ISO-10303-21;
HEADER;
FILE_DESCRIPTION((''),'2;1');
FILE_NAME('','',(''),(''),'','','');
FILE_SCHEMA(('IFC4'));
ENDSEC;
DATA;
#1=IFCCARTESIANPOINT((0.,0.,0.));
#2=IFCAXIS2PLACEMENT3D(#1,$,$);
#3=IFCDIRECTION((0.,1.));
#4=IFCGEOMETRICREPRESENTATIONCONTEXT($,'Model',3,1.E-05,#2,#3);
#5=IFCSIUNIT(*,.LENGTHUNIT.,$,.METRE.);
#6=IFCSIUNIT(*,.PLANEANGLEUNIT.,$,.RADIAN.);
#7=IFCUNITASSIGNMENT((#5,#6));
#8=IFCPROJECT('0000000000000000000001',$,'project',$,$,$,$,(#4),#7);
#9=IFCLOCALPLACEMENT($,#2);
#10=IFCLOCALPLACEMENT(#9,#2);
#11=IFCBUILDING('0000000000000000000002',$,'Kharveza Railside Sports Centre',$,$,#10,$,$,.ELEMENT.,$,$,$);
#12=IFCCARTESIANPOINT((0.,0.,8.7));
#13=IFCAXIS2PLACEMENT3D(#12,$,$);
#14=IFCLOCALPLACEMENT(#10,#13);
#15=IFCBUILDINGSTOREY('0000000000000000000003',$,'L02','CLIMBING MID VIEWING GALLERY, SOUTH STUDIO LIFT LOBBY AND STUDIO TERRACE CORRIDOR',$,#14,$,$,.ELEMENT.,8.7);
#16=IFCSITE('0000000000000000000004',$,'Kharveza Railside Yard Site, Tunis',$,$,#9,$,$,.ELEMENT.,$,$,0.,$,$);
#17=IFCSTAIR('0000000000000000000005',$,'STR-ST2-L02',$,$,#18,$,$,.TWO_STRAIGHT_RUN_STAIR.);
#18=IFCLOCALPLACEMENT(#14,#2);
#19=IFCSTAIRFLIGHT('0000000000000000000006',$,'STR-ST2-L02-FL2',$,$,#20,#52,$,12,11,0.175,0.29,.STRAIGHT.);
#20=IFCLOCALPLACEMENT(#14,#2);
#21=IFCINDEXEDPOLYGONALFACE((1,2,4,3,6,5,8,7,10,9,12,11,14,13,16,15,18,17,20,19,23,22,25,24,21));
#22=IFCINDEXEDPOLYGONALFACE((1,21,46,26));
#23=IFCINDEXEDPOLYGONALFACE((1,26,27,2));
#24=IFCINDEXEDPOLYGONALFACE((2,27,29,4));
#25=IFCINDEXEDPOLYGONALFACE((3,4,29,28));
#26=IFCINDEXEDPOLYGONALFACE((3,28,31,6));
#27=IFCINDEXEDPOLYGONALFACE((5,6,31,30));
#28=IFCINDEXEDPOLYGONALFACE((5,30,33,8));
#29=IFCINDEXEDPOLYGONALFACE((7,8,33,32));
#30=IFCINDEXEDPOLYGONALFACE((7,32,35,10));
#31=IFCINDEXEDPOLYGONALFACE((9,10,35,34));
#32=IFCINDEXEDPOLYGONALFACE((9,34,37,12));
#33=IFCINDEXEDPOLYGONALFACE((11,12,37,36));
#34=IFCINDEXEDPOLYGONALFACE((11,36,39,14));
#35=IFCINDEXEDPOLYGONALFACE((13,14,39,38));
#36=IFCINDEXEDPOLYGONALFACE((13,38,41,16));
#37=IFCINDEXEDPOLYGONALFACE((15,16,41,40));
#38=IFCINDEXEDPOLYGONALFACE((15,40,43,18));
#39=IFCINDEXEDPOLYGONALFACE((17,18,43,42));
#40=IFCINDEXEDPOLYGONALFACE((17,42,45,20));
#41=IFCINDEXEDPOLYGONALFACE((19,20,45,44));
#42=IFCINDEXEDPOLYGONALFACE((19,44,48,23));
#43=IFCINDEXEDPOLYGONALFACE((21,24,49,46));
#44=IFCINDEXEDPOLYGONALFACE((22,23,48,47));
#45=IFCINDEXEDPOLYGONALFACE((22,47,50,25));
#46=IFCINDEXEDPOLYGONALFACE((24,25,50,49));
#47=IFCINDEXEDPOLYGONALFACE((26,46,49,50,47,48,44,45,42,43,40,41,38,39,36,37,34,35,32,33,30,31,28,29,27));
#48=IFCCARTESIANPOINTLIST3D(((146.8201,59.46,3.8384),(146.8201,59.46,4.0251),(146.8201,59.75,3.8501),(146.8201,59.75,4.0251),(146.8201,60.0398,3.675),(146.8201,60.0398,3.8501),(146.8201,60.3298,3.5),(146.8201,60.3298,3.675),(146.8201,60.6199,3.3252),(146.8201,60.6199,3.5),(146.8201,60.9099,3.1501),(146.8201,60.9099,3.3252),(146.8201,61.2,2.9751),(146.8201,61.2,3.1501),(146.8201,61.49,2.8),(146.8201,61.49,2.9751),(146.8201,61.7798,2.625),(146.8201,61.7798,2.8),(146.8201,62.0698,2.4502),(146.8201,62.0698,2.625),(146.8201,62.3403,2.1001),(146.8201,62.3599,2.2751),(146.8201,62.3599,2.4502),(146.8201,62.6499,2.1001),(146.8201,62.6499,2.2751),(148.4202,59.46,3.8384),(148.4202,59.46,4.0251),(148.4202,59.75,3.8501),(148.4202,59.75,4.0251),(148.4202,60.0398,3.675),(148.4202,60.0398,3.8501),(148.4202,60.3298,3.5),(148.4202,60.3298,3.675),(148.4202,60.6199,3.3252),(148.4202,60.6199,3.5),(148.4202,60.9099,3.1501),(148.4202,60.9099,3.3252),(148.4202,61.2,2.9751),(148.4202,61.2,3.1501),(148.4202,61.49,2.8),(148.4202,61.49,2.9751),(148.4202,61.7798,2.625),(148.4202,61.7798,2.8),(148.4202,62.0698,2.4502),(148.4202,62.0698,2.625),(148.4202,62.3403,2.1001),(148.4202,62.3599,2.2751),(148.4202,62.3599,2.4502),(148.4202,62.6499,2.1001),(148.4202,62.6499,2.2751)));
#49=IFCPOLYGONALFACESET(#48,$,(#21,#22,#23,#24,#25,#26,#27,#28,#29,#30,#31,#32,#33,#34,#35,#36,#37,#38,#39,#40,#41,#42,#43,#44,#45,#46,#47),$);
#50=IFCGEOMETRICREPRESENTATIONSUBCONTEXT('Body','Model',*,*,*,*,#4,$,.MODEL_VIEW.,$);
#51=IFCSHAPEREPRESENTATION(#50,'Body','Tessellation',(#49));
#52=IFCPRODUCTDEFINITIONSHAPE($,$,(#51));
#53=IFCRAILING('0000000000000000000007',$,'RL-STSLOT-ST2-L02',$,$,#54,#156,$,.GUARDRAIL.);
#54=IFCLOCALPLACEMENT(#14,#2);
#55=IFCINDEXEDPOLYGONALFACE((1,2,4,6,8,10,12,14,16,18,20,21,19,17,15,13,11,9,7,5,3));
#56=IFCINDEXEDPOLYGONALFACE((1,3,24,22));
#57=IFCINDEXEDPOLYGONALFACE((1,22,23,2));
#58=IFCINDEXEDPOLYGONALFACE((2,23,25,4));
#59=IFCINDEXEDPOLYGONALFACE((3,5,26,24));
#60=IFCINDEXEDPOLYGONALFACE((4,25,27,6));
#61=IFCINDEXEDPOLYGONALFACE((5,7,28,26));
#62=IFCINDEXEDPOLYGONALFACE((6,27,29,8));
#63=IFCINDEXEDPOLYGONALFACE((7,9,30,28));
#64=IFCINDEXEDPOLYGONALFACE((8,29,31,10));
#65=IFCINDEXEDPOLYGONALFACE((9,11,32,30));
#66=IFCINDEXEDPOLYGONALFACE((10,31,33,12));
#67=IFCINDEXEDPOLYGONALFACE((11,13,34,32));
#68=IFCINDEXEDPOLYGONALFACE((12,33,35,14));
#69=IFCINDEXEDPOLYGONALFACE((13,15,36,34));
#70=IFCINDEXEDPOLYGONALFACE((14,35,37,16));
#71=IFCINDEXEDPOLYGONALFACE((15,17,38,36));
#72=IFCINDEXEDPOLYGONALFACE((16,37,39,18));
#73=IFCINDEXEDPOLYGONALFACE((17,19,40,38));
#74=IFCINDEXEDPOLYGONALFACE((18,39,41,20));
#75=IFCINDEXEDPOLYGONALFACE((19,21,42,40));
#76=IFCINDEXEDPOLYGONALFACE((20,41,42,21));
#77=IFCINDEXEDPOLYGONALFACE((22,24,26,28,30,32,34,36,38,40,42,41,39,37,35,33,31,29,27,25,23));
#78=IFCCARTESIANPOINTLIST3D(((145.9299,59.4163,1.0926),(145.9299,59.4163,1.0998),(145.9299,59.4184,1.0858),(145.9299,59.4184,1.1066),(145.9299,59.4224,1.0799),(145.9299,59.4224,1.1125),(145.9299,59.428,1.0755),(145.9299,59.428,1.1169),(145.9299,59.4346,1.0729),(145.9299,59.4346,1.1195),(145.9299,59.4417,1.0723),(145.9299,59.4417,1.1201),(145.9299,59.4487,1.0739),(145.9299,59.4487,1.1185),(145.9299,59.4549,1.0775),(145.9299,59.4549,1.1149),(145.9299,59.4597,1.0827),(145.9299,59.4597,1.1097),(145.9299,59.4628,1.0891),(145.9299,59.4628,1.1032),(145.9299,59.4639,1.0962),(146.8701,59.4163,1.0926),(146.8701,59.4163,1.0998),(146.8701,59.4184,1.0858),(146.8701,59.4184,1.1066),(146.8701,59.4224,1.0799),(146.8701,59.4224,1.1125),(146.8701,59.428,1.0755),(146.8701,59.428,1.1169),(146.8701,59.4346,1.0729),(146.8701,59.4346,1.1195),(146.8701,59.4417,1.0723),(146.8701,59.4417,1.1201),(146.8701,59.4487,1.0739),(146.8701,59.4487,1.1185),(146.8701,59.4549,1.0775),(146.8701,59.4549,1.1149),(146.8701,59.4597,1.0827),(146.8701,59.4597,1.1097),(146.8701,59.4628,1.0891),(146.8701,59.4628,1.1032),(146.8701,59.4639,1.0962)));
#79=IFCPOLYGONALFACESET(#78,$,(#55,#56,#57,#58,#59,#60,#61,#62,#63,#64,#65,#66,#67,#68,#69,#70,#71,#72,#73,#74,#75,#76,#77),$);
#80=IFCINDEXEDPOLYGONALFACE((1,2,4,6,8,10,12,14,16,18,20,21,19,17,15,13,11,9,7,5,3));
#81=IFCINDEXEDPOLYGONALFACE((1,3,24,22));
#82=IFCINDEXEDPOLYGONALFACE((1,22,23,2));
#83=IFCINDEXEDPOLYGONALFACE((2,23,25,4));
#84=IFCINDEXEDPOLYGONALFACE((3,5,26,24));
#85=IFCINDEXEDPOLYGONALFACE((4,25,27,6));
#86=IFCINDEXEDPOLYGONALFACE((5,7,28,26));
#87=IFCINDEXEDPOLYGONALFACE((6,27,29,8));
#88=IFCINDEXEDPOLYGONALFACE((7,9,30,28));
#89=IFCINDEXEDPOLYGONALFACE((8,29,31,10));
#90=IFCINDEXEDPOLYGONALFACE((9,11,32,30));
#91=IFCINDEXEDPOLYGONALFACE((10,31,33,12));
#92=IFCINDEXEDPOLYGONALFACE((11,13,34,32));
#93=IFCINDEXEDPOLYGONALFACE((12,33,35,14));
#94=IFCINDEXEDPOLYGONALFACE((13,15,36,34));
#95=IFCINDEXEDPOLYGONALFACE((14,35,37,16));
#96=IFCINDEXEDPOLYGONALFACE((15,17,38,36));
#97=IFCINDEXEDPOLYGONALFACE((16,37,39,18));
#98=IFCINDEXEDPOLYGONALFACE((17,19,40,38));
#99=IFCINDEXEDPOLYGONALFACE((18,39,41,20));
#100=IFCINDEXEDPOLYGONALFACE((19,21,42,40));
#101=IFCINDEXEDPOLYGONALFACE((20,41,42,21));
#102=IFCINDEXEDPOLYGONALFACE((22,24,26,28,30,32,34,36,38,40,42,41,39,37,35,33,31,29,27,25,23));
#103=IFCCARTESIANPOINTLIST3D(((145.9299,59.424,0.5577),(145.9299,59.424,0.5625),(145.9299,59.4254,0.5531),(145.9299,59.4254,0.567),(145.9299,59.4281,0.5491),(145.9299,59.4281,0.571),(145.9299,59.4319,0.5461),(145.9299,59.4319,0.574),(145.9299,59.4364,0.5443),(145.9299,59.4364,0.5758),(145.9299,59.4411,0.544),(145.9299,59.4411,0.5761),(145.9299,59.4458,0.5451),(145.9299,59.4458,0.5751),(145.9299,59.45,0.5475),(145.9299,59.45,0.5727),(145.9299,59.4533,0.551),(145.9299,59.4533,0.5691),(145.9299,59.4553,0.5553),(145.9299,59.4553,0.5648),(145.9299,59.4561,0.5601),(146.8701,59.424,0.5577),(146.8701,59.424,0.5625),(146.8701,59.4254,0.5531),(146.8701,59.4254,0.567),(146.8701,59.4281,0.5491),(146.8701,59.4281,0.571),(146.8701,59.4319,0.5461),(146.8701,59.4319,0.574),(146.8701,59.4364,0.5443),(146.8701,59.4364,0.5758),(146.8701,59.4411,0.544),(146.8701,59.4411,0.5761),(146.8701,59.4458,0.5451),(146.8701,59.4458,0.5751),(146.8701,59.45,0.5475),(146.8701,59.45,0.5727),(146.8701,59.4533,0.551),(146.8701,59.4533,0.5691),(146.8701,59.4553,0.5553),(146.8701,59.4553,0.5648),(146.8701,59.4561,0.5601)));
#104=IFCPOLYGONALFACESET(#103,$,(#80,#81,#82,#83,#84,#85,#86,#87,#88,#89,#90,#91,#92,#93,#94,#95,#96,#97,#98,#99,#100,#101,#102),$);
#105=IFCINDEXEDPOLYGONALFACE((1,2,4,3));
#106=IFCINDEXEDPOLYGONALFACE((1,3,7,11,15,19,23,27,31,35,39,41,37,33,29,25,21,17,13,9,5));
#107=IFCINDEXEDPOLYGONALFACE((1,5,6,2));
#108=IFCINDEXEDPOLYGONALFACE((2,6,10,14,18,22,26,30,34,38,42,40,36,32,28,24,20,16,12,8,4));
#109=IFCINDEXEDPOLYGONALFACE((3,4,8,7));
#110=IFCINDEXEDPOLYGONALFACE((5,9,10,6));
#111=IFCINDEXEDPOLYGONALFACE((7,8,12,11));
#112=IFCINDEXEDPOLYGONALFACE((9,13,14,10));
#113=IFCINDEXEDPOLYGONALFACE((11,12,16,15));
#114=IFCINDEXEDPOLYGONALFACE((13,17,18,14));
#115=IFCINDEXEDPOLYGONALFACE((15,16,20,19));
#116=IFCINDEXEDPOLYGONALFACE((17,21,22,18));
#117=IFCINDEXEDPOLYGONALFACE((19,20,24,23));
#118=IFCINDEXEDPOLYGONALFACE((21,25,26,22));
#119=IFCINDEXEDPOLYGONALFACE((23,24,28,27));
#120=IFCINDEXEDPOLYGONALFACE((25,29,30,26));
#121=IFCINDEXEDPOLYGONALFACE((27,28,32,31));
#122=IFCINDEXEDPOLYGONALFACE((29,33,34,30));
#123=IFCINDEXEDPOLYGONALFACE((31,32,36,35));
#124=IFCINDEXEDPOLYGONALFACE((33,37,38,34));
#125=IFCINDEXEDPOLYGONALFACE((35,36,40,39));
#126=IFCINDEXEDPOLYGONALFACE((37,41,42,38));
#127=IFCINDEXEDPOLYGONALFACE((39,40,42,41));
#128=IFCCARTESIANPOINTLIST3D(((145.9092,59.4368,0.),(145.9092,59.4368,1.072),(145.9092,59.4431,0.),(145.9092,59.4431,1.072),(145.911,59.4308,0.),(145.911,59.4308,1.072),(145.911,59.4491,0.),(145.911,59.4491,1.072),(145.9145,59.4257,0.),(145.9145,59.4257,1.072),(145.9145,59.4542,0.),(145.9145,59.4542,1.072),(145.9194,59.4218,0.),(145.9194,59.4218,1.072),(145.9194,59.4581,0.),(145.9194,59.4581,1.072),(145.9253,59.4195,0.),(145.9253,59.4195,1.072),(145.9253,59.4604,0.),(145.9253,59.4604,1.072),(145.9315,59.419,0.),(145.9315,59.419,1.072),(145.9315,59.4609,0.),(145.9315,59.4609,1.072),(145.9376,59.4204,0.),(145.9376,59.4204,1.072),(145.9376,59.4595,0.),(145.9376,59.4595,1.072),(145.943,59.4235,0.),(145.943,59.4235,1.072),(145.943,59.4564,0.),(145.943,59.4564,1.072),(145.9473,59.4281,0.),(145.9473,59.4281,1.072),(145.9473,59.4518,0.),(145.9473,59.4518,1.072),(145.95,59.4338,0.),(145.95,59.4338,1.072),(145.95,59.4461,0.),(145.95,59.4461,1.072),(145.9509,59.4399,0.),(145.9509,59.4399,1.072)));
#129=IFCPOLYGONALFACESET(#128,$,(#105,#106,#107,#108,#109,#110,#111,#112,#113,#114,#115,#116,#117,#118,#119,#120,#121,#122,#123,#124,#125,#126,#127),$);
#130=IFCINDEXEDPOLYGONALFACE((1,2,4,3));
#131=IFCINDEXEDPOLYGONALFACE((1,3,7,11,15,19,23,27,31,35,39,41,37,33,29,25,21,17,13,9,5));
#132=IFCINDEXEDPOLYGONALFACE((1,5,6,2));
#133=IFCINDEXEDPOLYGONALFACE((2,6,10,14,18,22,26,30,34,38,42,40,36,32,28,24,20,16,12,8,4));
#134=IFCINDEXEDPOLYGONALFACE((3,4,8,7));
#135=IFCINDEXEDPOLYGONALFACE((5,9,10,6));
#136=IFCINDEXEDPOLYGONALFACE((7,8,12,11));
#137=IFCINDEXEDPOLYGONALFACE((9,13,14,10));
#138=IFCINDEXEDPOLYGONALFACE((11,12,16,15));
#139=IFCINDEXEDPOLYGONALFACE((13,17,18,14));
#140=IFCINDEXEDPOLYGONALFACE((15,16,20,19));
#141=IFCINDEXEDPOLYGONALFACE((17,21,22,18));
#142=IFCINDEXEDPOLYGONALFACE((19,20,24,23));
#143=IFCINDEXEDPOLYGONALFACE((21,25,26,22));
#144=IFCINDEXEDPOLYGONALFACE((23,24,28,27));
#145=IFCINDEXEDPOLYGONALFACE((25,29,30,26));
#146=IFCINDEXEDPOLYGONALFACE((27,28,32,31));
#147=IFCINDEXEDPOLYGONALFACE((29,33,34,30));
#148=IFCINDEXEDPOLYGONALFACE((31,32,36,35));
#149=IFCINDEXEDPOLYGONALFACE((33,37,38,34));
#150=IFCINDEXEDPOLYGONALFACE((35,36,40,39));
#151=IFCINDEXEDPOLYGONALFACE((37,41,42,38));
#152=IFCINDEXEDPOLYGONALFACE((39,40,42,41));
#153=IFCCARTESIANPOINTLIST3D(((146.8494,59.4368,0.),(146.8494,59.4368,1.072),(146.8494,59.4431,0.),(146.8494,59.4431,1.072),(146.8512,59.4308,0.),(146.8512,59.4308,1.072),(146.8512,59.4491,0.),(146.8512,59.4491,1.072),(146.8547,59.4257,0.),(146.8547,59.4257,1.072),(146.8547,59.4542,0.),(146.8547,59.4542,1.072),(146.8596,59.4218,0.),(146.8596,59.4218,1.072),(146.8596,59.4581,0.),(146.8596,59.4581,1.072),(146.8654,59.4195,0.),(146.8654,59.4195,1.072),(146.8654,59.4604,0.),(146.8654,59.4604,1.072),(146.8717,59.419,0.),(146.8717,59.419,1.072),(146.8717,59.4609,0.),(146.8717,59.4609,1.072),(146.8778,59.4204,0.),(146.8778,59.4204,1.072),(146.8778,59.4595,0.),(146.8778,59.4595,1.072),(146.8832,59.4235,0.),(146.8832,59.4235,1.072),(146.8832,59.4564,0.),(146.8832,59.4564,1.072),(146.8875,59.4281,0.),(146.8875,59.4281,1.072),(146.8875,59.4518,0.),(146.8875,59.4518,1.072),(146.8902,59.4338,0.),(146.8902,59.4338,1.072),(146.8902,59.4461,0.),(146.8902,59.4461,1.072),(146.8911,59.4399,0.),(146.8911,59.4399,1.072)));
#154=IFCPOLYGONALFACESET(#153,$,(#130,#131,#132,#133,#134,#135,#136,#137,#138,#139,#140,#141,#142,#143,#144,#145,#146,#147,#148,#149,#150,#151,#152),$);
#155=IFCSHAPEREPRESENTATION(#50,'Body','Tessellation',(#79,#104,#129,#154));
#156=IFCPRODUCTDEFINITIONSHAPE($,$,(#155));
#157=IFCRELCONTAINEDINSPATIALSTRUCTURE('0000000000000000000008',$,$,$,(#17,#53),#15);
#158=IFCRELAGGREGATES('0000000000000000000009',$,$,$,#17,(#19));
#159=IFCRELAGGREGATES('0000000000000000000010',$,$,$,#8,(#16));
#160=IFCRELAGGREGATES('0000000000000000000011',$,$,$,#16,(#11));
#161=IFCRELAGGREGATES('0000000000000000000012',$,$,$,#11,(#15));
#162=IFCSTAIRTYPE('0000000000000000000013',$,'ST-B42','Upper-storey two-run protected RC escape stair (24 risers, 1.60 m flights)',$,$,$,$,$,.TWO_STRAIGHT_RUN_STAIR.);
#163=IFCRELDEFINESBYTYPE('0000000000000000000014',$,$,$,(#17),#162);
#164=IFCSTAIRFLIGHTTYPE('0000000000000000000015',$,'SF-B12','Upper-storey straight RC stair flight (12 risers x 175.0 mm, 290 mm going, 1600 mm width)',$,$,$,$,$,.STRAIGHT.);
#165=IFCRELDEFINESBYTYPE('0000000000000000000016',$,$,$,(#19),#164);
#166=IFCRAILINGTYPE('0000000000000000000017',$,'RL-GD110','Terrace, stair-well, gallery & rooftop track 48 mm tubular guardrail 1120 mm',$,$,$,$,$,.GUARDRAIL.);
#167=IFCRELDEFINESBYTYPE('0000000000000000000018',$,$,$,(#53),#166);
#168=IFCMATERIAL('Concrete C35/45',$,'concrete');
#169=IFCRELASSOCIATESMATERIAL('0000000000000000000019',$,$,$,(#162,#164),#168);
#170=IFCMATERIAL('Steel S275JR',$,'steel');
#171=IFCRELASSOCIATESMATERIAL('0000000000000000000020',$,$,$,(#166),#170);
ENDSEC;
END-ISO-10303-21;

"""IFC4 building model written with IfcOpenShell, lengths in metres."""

from ifc_helpers import new_model, si_unit, direction, frame, origin, origin_2d, place, context, subcontext, project, spatial, polyline, circle, outline, extrude, material, type_object, element, aggregate, save


model = new_model("IFC4")

# Units and contexts
model_context = context("Model", 3, precision=1e-05, world=origin(), true_north=direction((0.0, 1.0)))
body_context = subcontext(model_context, "Body", "Model", "MODEL_VIEW")
ifc_project = project(units=[si_unit("LENGTHUNIT", "METRE"), si_unit("PLANEANGLEUNIT", "RADIAN")], contexts=[model_context])

# Site, building, storey
site_placement = place(None, origin())
site = spatial("IfcSite", under=ifc_project, at=site_placement, Name="Kharveza Railside Yard Site, Tunis", CompositionType="ELEMENT", RefElevation=0.0)
building_placement = place(site_placement, origin())
building = spatial("IfcBuilding", under=site, at=building_placement, Name="Kharveza Railside Sports Centre", CompositionType="ELEMENT")
storey_placement = place(building_placement, frame((0.0, 0.0, 8.7)))
storey = spatial("IfcBuildingStorey", under=building, at=storey_placement, Name="L02", Description="CLIMBING MID VIEWING GALLERY, SOUTH STUDIO LIFT LOBBY AND STUDIO TERRACE CORRIDOR", CompositionType="ELEMENT", Elevation=8.7)

# Shared definitions
ifc_material_1 = material(Name="Concrete C35/45", Category="concrete")

# Stair, stair flight
stair_type = type_object("IfcStairType", Name="ST-B42", Description="Upper-storey two-run protected RC escape stair (24 risers, 1.60 m flights)", PredefinedType="TWO_STRAIGHT_RUN_STAIR", material=ifc_material_1)
stair_placement = place(storey_placement, origin())
stair = element("IfcStair", 1, at=stair_placement, inside=storey, type_object=stair_type, Name="STR-ST2-L02", PredefinedType="TWO_STRAIGHT_RUN_STAIR")
stair_flight_type = type_object("IfcStairFlightType", Name="SF-B12", Description="Upper-storey straight RC stair flight (12 risers x 175.0 mm, 290 mm going, 1600 mm width)", PredefinedType="STRAIGHT", material=ifc_material_1)
stair_flight_1_placement = place(storey_placement, frame((147.6201, 62.6499, 2.1001), z_axis=(0.0, 0.0, 1.0), x_axis=(0.0, -1.0, 0.0)))
stair_flight_1 = element("IfcStairFlight", 2, at=stair_flight_1_placement, type_object=stair_flight_type, Name="STR-ST2-L02-FL2", NumberOfRisers=12, NumberOfTreads=11, PredefinedType="STRAIGHT", RiserHeight=0.175, TreadLength=0.29, context=body_context, shape_type="SweptSolid", body=[
    extrude(outline(polyline([(0.0, 0.0), (0.0, 0.175), (0.29, 0.175), (0.29, 0.3501), (0.5801, 0.3501), (0.5801, 0.5249), (0.8701, 0.5249), (0.8701, 0.7), (1.1599, 0.7), (1.1599, 0.875), (1.45, 0.875), (1.45, 1.05), (1.74, 1.05), (1.74, 1.2251), (2.03, 1.2251), (2.03, 1.3999), (2.3201, 1.3999), (2.3201, 1.575), (2.6101, 1.575), (2.6101, 1.75), (2.8999, 1.75), (2.8999, 1.925), (3.1899, 1.925), (3.1899, 2.1001), (3.1899, 1.7383), (0.3096, 0.0), (0.0, 0.0)])), frame((0.0, 0.8, 0.0), z_axis=(0.0, -1.0, 0.0), x_axis=(1.0, 0.0, 0.0)), (0.0, 0.0, 1.0), 1.6001),
])
aggregate(stair, [stair_flight_1])

# Railing
ifc_material_2 = material(Name="Steel S275JR", Category="steel")
railing_type_1 = type_object("IfcRailingType", Name="RL-GD110", Description="Terrace, stair-well, gallery & rooftop track 48 mm tubular guardrail 1120 mm", PredefinedType="GUARDRAIL", material=ifc_material_2)
railing_1_placement = place(storey_placement, frame((145.9299, 59.4399, 0.0)))
element("IfcRailing", 3, at=railing_1_placement, inside=storey, type_object=railing_type_1, Name="RL-STSLOT-ST2-L02", PredefinedType="GUARDRAIL", context=body_context, shape_type="SweptSolid", body=[
    extrude(circle(Radius=0.0239, at=origin_2d()), frame((0.0, 0.0, 1.0962), z_axis=(1.0, 0.0, 0.0), x_axis=(0.0, 1.0, 0.0)), (0.0, 0.0, 1.0), 0.9402),
    extrude(circle(Radius=0.0161, at=origin_2d()), frame((0.0, 0.0, 0.5601), z_axis=(1.0, 0.0, 0.0), x_axis=(0.0, 1.0, 0.0)), (0.0, 0.0, 1.0), 0.9402),
    extrude(circle(Radius=0.021, at=origin_2d()), origin(), (0.0, 0.0, 1.0), 1.072),
    extrude(circle(Radius=0.021, at=origin_2d()), frame((0.9402, 0.0, 0.0)), (0.0, 0.0, 1.0), 1.072),
])

save(model, "model.ifc")
